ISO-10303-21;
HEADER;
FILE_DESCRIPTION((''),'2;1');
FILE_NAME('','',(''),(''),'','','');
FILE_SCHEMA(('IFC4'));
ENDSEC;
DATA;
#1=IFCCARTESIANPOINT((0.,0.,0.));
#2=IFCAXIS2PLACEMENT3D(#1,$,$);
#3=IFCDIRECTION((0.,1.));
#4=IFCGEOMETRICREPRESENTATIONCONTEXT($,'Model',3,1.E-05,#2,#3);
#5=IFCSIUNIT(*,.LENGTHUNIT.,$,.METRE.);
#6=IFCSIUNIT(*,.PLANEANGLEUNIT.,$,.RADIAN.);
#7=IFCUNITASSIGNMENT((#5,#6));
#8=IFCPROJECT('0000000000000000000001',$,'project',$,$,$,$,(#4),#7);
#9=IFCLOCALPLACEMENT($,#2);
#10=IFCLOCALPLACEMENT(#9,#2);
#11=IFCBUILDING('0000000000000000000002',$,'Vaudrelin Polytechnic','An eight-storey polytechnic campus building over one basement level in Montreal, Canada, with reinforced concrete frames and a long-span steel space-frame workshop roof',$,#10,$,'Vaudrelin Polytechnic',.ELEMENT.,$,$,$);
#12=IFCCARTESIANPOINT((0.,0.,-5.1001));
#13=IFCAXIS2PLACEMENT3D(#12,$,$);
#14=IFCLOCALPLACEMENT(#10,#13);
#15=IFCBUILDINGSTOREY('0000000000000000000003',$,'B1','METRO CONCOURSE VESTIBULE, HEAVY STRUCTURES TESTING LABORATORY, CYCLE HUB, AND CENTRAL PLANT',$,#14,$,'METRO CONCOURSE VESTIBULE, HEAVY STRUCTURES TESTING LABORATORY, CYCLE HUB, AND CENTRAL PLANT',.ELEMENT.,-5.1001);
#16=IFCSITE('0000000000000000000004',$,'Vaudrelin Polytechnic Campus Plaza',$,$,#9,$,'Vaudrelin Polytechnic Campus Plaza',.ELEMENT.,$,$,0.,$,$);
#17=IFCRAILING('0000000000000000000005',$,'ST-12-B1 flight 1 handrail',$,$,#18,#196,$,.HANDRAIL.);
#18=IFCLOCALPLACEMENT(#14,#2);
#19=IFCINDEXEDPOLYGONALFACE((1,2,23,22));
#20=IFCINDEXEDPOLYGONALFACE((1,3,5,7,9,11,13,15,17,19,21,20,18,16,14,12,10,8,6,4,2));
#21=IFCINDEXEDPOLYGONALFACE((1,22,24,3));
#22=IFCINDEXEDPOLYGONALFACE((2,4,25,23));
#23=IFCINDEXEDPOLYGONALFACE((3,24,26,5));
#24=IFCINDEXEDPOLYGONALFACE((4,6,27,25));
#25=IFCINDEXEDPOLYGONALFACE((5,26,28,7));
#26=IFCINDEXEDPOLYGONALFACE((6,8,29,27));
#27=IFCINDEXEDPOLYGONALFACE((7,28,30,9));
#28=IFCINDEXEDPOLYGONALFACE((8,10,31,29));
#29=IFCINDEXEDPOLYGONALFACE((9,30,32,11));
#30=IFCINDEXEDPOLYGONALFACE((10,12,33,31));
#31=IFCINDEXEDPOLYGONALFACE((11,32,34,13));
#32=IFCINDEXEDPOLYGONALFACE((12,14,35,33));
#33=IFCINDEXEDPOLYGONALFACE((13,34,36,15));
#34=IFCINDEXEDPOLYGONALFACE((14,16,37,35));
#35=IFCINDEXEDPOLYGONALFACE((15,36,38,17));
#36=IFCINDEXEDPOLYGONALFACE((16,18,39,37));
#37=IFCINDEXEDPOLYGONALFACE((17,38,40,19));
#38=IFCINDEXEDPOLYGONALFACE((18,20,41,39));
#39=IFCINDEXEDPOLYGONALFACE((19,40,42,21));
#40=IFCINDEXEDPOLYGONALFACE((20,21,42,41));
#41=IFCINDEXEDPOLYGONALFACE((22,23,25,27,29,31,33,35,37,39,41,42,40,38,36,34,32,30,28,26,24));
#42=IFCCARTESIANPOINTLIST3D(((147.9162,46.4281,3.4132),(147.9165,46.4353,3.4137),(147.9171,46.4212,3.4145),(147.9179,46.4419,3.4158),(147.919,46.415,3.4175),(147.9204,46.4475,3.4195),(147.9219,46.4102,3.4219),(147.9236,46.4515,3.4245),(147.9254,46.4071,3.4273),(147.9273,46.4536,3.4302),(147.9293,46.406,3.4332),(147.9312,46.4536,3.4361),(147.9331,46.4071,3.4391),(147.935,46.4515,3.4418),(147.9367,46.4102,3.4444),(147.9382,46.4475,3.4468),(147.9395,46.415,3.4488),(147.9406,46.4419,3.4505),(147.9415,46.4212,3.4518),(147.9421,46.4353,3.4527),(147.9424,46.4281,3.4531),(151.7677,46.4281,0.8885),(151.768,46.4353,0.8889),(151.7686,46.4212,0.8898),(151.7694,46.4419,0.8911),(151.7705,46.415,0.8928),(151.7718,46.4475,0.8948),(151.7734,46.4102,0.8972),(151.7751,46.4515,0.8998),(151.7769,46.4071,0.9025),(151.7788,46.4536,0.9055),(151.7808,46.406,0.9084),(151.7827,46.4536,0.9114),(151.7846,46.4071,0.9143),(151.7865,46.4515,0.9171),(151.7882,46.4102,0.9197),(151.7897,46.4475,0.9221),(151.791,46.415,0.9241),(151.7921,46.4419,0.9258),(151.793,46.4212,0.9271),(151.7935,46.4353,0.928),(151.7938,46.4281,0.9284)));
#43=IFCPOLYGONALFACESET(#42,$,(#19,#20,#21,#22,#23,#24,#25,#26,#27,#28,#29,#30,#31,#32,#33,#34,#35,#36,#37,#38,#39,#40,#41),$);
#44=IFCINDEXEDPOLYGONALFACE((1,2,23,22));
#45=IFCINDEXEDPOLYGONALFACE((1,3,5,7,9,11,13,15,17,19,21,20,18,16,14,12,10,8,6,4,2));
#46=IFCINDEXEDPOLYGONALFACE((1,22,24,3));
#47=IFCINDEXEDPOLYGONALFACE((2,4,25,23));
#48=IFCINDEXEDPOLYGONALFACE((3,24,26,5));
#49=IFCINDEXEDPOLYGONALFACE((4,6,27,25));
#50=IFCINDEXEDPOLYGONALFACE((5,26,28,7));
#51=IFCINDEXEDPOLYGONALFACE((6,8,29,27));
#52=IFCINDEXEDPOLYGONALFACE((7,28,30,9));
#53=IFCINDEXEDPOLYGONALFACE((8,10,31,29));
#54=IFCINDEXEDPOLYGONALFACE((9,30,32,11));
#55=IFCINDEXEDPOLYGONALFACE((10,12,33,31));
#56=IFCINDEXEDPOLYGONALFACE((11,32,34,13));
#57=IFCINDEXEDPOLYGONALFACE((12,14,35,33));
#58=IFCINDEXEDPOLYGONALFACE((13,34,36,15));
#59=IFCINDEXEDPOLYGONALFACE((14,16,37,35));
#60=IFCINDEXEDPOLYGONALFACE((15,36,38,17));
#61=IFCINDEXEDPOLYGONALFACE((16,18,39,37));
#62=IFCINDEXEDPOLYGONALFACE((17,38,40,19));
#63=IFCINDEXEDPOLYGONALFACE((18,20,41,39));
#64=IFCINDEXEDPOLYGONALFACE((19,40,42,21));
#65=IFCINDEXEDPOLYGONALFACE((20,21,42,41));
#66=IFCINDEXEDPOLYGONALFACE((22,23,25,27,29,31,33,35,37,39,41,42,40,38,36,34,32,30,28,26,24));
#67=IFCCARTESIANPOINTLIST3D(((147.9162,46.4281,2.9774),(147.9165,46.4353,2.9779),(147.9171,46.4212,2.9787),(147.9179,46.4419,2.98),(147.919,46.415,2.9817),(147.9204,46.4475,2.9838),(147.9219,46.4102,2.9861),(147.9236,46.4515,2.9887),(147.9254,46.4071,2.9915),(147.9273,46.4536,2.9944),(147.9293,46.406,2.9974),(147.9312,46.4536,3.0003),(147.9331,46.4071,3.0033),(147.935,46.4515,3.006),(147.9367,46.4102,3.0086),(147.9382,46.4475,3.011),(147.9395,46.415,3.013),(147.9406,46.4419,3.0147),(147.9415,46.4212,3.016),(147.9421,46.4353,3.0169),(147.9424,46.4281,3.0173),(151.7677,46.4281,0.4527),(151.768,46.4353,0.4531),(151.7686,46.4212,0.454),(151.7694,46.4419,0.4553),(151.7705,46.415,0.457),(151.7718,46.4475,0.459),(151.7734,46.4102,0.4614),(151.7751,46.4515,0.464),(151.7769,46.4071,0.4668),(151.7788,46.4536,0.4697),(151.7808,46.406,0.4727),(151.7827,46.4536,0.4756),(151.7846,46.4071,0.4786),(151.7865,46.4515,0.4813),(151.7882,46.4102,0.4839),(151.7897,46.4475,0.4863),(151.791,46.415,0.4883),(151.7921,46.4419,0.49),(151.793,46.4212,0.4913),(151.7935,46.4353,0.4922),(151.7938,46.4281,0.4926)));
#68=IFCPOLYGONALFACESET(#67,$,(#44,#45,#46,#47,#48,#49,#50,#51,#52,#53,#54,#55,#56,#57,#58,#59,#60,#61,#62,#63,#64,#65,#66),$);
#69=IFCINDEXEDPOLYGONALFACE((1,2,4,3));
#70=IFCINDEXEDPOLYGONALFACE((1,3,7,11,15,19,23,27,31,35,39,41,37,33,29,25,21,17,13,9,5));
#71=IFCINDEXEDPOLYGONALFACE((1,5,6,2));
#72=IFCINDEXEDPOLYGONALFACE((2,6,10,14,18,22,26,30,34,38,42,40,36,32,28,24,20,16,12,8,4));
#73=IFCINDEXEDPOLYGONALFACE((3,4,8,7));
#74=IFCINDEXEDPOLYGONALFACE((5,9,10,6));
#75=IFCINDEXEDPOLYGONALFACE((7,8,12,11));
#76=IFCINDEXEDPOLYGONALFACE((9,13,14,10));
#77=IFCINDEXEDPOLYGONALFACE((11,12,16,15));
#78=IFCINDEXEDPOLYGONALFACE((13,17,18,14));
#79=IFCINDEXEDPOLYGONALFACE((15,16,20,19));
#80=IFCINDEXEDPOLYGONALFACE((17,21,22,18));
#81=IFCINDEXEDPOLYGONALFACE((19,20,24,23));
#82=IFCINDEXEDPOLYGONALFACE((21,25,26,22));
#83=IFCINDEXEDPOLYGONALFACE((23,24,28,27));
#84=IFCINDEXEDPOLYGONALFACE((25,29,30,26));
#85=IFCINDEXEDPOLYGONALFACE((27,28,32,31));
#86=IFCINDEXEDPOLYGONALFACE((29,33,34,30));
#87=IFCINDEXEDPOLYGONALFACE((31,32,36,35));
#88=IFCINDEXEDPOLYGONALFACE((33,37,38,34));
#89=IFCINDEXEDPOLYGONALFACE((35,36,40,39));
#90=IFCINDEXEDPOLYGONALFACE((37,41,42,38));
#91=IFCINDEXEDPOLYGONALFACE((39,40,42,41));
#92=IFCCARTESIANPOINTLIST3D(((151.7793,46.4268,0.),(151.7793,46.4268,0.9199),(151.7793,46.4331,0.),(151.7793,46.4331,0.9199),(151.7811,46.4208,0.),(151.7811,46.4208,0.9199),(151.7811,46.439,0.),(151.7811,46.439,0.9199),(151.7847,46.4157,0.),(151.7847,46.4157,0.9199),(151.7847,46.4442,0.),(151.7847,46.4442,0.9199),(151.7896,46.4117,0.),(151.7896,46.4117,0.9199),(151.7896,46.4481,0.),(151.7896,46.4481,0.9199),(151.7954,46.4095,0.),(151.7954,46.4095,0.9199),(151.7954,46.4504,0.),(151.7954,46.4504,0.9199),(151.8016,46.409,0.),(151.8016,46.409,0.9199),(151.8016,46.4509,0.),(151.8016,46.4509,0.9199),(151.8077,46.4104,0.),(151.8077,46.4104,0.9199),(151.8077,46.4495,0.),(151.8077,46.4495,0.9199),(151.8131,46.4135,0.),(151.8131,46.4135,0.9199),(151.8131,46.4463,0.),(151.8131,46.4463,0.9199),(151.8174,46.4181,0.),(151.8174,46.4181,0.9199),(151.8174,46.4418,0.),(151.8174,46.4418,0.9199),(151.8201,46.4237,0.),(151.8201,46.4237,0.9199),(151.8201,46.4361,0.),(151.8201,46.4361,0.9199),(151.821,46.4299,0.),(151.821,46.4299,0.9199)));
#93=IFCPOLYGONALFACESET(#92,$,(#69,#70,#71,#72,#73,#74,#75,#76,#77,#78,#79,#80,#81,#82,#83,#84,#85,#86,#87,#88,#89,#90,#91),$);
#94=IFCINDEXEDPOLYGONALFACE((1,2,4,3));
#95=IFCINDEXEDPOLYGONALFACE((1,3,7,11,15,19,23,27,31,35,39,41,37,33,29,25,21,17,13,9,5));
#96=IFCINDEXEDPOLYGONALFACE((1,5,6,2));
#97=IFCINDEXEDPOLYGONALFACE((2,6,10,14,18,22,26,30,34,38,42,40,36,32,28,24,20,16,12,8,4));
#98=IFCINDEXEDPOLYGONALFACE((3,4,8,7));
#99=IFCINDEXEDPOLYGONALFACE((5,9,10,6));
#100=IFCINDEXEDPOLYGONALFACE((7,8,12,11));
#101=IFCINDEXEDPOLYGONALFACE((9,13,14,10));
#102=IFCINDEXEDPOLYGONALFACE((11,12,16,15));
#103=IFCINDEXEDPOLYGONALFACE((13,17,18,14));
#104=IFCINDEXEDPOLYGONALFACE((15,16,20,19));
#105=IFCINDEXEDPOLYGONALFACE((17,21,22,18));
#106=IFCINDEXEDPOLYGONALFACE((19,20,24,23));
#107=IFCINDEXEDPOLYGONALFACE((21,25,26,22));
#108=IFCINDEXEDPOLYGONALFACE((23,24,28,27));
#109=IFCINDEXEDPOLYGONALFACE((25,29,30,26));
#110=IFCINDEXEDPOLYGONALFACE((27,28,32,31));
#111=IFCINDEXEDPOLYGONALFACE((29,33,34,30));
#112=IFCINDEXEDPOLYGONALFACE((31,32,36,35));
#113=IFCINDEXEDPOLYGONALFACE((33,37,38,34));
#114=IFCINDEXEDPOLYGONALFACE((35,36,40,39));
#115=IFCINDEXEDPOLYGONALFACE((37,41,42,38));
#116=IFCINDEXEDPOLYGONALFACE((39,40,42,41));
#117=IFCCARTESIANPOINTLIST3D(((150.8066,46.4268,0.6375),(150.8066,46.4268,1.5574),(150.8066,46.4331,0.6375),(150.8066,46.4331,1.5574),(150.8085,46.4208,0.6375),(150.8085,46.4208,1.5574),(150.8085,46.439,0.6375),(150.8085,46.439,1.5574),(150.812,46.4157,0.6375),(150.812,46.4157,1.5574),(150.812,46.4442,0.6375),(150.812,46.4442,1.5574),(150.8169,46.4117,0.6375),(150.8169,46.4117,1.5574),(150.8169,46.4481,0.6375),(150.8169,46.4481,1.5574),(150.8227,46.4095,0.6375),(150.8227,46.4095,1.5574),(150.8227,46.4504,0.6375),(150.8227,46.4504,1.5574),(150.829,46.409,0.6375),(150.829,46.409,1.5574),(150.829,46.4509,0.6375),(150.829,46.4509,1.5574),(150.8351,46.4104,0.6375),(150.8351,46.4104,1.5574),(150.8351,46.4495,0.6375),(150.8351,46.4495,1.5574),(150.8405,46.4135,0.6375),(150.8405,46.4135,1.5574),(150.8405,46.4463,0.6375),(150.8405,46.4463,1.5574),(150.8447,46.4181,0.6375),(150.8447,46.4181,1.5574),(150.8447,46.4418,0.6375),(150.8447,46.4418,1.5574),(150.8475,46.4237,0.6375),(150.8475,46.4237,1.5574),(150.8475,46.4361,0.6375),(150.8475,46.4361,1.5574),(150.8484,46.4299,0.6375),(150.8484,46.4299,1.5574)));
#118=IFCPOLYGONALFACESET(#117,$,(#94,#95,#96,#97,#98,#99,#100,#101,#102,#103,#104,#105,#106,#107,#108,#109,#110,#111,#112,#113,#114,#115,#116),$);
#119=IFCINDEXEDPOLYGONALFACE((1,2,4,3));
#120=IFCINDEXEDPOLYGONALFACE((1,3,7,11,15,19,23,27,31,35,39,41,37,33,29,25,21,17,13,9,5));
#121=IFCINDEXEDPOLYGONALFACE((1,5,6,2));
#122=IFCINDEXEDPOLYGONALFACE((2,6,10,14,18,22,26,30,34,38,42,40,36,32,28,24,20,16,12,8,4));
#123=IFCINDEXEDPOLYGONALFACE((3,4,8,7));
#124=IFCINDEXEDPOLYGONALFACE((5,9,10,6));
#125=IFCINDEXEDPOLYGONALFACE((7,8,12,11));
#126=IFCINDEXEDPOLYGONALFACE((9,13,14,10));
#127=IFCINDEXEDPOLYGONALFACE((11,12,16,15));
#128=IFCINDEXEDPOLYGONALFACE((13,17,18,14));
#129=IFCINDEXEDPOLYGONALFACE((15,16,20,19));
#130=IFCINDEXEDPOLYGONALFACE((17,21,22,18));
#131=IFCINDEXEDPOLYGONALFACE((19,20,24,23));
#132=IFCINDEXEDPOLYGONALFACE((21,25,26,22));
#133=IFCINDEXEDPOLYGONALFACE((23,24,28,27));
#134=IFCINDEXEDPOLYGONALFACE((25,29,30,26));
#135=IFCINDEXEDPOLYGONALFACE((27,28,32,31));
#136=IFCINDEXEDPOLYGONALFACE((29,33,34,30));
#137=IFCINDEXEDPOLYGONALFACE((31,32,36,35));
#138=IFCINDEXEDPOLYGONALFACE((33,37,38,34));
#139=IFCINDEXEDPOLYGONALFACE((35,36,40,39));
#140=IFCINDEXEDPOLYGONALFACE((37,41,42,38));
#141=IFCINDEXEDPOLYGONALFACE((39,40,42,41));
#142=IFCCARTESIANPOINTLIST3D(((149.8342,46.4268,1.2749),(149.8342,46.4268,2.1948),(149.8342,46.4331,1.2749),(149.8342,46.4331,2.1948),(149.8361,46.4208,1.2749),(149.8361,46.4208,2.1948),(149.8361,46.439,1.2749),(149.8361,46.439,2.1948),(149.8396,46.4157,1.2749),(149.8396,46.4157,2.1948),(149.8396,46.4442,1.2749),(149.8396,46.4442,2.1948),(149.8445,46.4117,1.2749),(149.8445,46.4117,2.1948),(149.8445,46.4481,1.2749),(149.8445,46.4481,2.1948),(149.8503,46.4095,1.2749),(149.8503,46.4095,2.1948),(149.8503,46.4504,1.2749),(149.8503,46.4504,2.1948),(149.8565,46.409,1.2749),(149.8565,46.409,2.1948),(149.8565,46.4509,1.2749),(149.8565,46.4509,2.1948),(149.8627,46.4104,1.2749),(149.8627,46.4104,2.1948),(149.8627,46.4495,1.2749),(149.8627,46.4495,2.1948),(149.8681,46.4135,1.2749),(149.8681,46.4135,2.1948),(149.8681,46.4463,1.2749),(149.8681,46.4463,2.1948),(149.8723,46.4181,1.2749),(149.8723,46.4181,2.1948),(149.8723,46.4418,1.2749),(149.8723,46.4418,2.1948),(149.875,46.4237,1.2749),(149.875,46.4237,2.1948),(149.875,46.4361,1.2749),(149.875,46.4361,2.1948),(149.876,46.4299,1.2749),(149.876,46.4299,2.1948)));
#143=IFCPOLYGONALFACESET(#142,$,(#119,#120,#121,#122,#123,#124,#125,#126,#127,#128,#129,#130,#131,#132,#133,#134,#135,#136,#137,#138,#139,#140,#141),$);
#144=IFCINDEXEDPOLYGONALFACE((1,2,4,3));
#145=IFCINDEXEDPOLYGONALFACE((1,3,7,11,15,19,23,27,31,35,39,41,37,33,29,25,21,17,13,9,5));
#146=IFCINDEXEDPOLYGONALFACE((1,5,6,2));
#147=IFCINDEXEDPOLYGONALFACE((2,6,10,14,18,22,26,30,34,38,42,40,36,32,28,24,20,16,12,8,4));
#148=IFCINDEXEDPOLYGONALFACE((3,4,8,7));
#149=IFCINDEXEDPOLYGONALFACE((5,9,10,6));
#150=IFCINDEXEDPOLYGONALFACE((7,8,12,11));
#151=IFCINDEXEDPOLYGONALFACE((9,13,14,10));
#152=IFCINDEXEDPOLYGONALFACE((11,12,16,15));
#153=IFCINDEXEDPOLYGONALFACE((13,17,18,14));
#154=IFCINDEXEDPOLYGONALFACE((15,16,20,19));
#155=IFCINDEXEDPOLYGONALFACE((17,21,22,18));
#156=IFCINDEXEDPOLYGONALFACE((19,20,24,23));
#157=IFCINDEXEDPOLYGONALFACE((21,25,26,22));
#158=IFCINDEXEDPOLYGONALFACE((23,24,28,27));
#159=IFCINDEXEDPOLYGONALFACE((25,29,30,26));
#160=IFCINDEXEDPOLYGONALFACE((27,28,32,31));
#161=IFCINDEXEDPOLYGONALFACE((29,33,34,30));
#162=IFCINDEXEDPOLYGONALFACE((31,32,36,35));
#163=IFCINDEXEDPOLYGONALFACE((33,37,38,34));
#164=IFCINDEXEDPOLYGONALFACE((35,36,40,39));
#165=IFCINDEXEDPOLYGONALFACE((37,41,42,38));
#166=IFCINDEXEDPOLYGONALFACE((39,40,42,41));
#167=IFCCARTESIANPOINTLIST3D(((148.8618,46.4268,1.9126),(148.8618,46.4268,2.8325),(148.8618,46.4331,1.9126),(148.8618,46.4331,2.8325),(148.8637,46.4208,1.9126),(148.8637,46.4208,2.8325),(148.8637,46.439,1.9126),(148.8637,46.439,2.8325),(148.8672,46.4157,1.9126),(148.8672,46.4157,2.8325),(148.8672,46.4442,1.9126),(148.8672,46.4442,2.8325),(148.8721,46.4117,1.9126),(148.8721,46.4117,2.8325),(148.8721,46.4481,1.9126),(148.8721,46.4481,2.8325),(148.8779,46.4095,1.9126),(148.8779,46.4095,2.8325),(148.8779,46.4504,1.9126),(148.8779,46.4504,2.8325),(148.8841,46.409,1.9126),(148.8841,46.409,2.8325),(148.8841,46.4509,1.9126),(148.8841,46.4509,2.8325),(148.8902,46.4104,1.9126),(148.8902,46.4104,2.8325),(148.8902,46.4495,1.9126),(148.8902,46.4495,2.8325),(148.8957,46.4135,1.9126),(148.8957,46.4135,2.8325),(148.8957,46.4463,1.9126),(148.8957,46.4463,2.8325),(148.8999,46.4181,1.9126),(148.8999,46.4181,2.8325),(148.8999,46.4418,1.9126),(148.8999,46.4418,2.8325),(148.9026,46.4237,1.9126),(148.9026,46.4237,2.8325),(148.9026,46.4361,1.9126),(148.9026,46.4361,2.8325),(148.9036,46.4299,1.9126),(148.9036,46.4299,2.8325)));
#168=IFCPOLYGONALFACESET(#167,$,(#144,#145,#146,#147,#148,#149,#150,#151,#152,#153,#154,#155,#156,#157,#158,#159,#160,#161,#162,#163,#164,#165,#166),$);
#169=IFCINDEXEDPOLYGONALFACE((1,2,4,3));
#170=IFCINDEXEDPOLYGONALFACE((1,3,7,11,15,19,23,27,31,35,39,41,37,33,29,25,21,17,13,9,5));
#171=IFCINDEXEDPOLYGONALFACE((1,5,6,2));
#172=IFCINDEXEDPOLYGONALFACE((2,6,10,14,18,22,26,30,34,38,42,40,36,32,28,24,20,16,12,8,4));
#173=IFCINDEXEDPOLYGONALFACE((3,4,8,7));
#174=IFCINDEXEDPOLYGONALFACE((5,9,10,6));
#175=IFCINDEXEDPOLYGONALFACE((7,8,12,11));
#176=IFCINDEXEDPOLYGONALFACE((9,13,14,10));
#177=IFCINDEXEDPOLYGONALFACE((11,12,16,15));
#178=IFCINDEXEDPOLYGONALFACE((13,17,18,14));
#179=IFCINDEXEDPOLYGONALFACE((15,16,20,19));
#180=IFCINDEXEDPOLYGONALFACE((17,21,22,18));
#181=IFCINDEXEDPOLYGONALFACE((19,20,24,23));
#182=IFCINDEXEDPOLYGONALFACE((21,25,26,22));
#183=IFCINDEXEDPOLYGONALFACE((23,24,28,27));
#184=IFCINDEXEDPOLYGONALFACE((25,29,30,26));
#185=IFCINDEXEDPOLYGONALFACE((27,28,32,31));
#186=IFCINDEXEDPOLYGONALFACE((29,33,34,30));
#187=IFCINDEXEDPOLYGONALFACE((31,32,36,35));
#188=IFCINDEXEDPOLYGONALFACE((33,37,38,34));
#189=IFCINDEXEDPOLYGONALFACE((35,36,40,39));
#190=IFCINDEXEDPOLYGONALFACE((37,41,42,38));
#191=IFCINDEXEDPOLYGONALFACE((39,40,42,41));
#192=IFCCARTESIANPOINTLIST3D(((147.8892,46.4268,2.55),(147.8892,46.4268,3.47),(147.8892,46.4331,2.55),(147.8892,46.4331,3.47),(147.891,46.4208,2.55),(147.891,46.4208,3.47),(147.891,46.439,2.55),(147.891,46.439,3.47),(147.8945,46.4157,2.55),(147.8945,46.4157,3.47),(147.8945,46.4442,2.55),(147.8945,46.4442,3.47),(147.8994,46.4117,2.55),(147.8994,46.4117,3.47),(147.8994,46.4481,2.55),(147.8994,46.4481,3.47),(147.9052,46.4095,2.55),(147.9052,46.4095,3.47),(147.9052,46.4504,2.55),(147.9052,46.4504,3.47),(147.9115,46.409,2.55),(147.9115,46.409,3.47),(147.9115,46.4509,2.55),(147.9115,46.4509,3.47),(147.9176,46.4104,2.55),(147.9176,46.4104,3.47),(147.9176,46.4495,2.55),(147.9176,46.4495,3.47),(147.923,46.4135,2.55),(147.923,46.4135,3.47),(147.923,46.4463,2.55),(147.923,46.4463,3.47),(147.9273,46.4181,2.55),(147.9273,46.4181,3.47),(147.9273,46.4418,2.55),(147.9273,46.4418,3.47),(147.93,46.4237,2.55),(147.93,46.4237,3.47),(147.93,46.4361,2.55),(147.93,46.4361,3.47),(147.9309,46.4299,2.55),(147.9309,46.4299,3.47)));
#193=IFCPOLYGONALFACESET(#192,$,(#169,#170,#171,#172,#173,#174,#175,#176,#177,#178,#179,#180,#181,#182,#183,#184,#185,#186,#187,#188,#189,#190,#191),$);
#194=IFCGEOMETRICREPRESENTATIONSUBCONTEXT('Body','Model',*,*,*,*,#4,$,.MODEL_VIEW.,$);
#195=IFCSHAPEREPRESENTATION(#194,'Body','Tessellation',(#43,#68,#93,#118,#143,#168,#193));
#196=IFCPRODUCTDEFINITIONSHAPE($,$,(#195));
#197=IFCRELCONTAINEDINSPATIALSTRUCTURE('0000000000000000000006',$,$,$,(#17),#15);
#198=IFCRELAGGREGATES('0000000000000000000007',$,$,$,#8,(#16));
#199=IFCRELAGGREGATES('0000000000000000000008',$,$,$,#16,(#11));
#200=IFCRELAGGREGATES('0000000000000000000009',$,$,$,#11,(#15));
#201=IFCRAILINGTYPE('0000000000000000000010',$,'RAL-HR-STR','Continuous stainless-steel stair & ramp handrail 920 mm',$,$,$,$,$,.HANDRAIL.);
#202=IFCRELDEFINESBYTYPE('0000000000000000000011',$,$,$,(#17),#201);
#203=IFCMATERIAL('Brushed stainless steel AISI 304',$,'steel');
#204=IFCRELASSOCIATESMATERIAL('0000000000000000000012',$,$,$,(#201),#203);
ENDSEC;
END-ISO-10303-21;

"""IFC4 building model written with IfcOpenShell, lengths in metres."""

from ifc_helpers import new_model, si_unit, direction, frame, origin, origin_2d, place, context, subcontext, project, spatial, circle, extrude, material, type_object, element, save


model = new_model("IFC4")

# Units and contexts
model_context = context("Model", 3, precision=1e-05, world=origin(), true_north=direction((0.0, 1.0)))
body_context = subcontext(model_context, "Body", "Model", "MODEL_VIEW")
ifc_project = project(units=[si_unit("LENGTHUNIT", "METRE"), si_unit("PLANEANGLEUNIT", "RADIAN")], contexts=[model_context])

# Site, building, storey
site_placement = place(None, origin())
site = spatial("IfcSite", under=ifc_project, at=site_placement, Name="Vaudrelin Polytechnic Campus Plaza", LongName="Vaudrelin Polytechnic Campus Plaza", CompositionType="ELEMENT", RefElevation=0.0)
building_placement = place(site_placement, origin())
building = spatial("IfcBuilding", under=site, at=building_placement, Name="Vaudrelin Polytechnic", Description="An eight-storey polytechnic campus building over one basement level in Montreal, Canada, with reinforced concrete frames and a long-span steel space-frame workshop roof", LongName="Vaudrelin Polytechnic", CompositionType="ELEMENT")
storey_placement = place(building_placement, frame((0.0, 0.0, -5.1001)))
storey = spatial("IfcBuildingStorey", under=building, at=storey_placement, Name="B1", Description="METRO CONCOURSE VESTIBULE, HEAVY STRUCTURES TESTING LABORATORY, CYCLE HUB, AND CENTRAL PLANT", LongName="METRO CONCOURSE VESTIBULE, HEAVY STRUCTURES TESTING LABORATORY, CYCLE HUB, AND CENTRAL PLANT", CompositionType="ELEMENT", Elevation=-5.1001)

# Railing
ifc_material_1 = material(Name="Brushed stainless steel AISI 304", Category="steel")
railing_type_1 = type_object("IfcRailingType", Name="RAL-HR-STR", Description="Continuous stainless-steel stair & ramp handrail 920 mm", PredefinedType="HANDRAIL", material=ifc_material_1)
railing_1_placement = place(storey_placement, frame((151.8, 46.4299, 0.0)))
element("IfcRailing", 1, at=railing_1_placement, inside=storey, type_object=railing_type_1, Name="ST-12-B1 flight 1 handrail", PredefinedType="HANDRAIL", context=body_context, shape_type="SweptSolid", body=[
    extrude(circle(Radius=0.0239, at=origin_2d()), frame((-0.0193, 0.0, 0.9084), z_axis=(-0.836329, 0.0, 0.548228), x_axis=(0.0, -1.0, 0.0)), (0.0, 0.0, 1.0), 4.6052),
    extrude(circle(Radius=0.0239, at=origin_2d()), frame((-0.0193, 0.0, 0.4727), z_axis=(-0.836329, 0.0, 0.548228), x_axis=(0.0, -1.0, 0.0)), (0.0, 0.0, 1.0), 4.6052),
    extrude(circle(Radius=0.021, at=origin_2d()), origin(), (0.0, 0.0, 1.0), 0.9199),
    extrude(circle(Radius=0.021, at=origin_2d()), frame((-0.9727, 0.0, 0.6375)), (0.0, 0.0, 1.0), 0.9199),
    extrude(circle(Radius=0.021, at=origin_2d()), frame((-1.9451, 0.0, 1.2749)), (0.0, 0.0, 1.0), 0.9199),
    extrude(circle(Radius=0.021, at=origin_2d()), frame((-2.9175, 0.0, 1.9126)), (0.0, 0.0, 1.0), 0.9199),
    extrude(circle(Radius=0.021, at=origin_2d()), frame((-3.8901, 0.0, 2.55)), (0.0, 0.0, 1.0), 0.9199),
])

save(model, "model.ifc")
